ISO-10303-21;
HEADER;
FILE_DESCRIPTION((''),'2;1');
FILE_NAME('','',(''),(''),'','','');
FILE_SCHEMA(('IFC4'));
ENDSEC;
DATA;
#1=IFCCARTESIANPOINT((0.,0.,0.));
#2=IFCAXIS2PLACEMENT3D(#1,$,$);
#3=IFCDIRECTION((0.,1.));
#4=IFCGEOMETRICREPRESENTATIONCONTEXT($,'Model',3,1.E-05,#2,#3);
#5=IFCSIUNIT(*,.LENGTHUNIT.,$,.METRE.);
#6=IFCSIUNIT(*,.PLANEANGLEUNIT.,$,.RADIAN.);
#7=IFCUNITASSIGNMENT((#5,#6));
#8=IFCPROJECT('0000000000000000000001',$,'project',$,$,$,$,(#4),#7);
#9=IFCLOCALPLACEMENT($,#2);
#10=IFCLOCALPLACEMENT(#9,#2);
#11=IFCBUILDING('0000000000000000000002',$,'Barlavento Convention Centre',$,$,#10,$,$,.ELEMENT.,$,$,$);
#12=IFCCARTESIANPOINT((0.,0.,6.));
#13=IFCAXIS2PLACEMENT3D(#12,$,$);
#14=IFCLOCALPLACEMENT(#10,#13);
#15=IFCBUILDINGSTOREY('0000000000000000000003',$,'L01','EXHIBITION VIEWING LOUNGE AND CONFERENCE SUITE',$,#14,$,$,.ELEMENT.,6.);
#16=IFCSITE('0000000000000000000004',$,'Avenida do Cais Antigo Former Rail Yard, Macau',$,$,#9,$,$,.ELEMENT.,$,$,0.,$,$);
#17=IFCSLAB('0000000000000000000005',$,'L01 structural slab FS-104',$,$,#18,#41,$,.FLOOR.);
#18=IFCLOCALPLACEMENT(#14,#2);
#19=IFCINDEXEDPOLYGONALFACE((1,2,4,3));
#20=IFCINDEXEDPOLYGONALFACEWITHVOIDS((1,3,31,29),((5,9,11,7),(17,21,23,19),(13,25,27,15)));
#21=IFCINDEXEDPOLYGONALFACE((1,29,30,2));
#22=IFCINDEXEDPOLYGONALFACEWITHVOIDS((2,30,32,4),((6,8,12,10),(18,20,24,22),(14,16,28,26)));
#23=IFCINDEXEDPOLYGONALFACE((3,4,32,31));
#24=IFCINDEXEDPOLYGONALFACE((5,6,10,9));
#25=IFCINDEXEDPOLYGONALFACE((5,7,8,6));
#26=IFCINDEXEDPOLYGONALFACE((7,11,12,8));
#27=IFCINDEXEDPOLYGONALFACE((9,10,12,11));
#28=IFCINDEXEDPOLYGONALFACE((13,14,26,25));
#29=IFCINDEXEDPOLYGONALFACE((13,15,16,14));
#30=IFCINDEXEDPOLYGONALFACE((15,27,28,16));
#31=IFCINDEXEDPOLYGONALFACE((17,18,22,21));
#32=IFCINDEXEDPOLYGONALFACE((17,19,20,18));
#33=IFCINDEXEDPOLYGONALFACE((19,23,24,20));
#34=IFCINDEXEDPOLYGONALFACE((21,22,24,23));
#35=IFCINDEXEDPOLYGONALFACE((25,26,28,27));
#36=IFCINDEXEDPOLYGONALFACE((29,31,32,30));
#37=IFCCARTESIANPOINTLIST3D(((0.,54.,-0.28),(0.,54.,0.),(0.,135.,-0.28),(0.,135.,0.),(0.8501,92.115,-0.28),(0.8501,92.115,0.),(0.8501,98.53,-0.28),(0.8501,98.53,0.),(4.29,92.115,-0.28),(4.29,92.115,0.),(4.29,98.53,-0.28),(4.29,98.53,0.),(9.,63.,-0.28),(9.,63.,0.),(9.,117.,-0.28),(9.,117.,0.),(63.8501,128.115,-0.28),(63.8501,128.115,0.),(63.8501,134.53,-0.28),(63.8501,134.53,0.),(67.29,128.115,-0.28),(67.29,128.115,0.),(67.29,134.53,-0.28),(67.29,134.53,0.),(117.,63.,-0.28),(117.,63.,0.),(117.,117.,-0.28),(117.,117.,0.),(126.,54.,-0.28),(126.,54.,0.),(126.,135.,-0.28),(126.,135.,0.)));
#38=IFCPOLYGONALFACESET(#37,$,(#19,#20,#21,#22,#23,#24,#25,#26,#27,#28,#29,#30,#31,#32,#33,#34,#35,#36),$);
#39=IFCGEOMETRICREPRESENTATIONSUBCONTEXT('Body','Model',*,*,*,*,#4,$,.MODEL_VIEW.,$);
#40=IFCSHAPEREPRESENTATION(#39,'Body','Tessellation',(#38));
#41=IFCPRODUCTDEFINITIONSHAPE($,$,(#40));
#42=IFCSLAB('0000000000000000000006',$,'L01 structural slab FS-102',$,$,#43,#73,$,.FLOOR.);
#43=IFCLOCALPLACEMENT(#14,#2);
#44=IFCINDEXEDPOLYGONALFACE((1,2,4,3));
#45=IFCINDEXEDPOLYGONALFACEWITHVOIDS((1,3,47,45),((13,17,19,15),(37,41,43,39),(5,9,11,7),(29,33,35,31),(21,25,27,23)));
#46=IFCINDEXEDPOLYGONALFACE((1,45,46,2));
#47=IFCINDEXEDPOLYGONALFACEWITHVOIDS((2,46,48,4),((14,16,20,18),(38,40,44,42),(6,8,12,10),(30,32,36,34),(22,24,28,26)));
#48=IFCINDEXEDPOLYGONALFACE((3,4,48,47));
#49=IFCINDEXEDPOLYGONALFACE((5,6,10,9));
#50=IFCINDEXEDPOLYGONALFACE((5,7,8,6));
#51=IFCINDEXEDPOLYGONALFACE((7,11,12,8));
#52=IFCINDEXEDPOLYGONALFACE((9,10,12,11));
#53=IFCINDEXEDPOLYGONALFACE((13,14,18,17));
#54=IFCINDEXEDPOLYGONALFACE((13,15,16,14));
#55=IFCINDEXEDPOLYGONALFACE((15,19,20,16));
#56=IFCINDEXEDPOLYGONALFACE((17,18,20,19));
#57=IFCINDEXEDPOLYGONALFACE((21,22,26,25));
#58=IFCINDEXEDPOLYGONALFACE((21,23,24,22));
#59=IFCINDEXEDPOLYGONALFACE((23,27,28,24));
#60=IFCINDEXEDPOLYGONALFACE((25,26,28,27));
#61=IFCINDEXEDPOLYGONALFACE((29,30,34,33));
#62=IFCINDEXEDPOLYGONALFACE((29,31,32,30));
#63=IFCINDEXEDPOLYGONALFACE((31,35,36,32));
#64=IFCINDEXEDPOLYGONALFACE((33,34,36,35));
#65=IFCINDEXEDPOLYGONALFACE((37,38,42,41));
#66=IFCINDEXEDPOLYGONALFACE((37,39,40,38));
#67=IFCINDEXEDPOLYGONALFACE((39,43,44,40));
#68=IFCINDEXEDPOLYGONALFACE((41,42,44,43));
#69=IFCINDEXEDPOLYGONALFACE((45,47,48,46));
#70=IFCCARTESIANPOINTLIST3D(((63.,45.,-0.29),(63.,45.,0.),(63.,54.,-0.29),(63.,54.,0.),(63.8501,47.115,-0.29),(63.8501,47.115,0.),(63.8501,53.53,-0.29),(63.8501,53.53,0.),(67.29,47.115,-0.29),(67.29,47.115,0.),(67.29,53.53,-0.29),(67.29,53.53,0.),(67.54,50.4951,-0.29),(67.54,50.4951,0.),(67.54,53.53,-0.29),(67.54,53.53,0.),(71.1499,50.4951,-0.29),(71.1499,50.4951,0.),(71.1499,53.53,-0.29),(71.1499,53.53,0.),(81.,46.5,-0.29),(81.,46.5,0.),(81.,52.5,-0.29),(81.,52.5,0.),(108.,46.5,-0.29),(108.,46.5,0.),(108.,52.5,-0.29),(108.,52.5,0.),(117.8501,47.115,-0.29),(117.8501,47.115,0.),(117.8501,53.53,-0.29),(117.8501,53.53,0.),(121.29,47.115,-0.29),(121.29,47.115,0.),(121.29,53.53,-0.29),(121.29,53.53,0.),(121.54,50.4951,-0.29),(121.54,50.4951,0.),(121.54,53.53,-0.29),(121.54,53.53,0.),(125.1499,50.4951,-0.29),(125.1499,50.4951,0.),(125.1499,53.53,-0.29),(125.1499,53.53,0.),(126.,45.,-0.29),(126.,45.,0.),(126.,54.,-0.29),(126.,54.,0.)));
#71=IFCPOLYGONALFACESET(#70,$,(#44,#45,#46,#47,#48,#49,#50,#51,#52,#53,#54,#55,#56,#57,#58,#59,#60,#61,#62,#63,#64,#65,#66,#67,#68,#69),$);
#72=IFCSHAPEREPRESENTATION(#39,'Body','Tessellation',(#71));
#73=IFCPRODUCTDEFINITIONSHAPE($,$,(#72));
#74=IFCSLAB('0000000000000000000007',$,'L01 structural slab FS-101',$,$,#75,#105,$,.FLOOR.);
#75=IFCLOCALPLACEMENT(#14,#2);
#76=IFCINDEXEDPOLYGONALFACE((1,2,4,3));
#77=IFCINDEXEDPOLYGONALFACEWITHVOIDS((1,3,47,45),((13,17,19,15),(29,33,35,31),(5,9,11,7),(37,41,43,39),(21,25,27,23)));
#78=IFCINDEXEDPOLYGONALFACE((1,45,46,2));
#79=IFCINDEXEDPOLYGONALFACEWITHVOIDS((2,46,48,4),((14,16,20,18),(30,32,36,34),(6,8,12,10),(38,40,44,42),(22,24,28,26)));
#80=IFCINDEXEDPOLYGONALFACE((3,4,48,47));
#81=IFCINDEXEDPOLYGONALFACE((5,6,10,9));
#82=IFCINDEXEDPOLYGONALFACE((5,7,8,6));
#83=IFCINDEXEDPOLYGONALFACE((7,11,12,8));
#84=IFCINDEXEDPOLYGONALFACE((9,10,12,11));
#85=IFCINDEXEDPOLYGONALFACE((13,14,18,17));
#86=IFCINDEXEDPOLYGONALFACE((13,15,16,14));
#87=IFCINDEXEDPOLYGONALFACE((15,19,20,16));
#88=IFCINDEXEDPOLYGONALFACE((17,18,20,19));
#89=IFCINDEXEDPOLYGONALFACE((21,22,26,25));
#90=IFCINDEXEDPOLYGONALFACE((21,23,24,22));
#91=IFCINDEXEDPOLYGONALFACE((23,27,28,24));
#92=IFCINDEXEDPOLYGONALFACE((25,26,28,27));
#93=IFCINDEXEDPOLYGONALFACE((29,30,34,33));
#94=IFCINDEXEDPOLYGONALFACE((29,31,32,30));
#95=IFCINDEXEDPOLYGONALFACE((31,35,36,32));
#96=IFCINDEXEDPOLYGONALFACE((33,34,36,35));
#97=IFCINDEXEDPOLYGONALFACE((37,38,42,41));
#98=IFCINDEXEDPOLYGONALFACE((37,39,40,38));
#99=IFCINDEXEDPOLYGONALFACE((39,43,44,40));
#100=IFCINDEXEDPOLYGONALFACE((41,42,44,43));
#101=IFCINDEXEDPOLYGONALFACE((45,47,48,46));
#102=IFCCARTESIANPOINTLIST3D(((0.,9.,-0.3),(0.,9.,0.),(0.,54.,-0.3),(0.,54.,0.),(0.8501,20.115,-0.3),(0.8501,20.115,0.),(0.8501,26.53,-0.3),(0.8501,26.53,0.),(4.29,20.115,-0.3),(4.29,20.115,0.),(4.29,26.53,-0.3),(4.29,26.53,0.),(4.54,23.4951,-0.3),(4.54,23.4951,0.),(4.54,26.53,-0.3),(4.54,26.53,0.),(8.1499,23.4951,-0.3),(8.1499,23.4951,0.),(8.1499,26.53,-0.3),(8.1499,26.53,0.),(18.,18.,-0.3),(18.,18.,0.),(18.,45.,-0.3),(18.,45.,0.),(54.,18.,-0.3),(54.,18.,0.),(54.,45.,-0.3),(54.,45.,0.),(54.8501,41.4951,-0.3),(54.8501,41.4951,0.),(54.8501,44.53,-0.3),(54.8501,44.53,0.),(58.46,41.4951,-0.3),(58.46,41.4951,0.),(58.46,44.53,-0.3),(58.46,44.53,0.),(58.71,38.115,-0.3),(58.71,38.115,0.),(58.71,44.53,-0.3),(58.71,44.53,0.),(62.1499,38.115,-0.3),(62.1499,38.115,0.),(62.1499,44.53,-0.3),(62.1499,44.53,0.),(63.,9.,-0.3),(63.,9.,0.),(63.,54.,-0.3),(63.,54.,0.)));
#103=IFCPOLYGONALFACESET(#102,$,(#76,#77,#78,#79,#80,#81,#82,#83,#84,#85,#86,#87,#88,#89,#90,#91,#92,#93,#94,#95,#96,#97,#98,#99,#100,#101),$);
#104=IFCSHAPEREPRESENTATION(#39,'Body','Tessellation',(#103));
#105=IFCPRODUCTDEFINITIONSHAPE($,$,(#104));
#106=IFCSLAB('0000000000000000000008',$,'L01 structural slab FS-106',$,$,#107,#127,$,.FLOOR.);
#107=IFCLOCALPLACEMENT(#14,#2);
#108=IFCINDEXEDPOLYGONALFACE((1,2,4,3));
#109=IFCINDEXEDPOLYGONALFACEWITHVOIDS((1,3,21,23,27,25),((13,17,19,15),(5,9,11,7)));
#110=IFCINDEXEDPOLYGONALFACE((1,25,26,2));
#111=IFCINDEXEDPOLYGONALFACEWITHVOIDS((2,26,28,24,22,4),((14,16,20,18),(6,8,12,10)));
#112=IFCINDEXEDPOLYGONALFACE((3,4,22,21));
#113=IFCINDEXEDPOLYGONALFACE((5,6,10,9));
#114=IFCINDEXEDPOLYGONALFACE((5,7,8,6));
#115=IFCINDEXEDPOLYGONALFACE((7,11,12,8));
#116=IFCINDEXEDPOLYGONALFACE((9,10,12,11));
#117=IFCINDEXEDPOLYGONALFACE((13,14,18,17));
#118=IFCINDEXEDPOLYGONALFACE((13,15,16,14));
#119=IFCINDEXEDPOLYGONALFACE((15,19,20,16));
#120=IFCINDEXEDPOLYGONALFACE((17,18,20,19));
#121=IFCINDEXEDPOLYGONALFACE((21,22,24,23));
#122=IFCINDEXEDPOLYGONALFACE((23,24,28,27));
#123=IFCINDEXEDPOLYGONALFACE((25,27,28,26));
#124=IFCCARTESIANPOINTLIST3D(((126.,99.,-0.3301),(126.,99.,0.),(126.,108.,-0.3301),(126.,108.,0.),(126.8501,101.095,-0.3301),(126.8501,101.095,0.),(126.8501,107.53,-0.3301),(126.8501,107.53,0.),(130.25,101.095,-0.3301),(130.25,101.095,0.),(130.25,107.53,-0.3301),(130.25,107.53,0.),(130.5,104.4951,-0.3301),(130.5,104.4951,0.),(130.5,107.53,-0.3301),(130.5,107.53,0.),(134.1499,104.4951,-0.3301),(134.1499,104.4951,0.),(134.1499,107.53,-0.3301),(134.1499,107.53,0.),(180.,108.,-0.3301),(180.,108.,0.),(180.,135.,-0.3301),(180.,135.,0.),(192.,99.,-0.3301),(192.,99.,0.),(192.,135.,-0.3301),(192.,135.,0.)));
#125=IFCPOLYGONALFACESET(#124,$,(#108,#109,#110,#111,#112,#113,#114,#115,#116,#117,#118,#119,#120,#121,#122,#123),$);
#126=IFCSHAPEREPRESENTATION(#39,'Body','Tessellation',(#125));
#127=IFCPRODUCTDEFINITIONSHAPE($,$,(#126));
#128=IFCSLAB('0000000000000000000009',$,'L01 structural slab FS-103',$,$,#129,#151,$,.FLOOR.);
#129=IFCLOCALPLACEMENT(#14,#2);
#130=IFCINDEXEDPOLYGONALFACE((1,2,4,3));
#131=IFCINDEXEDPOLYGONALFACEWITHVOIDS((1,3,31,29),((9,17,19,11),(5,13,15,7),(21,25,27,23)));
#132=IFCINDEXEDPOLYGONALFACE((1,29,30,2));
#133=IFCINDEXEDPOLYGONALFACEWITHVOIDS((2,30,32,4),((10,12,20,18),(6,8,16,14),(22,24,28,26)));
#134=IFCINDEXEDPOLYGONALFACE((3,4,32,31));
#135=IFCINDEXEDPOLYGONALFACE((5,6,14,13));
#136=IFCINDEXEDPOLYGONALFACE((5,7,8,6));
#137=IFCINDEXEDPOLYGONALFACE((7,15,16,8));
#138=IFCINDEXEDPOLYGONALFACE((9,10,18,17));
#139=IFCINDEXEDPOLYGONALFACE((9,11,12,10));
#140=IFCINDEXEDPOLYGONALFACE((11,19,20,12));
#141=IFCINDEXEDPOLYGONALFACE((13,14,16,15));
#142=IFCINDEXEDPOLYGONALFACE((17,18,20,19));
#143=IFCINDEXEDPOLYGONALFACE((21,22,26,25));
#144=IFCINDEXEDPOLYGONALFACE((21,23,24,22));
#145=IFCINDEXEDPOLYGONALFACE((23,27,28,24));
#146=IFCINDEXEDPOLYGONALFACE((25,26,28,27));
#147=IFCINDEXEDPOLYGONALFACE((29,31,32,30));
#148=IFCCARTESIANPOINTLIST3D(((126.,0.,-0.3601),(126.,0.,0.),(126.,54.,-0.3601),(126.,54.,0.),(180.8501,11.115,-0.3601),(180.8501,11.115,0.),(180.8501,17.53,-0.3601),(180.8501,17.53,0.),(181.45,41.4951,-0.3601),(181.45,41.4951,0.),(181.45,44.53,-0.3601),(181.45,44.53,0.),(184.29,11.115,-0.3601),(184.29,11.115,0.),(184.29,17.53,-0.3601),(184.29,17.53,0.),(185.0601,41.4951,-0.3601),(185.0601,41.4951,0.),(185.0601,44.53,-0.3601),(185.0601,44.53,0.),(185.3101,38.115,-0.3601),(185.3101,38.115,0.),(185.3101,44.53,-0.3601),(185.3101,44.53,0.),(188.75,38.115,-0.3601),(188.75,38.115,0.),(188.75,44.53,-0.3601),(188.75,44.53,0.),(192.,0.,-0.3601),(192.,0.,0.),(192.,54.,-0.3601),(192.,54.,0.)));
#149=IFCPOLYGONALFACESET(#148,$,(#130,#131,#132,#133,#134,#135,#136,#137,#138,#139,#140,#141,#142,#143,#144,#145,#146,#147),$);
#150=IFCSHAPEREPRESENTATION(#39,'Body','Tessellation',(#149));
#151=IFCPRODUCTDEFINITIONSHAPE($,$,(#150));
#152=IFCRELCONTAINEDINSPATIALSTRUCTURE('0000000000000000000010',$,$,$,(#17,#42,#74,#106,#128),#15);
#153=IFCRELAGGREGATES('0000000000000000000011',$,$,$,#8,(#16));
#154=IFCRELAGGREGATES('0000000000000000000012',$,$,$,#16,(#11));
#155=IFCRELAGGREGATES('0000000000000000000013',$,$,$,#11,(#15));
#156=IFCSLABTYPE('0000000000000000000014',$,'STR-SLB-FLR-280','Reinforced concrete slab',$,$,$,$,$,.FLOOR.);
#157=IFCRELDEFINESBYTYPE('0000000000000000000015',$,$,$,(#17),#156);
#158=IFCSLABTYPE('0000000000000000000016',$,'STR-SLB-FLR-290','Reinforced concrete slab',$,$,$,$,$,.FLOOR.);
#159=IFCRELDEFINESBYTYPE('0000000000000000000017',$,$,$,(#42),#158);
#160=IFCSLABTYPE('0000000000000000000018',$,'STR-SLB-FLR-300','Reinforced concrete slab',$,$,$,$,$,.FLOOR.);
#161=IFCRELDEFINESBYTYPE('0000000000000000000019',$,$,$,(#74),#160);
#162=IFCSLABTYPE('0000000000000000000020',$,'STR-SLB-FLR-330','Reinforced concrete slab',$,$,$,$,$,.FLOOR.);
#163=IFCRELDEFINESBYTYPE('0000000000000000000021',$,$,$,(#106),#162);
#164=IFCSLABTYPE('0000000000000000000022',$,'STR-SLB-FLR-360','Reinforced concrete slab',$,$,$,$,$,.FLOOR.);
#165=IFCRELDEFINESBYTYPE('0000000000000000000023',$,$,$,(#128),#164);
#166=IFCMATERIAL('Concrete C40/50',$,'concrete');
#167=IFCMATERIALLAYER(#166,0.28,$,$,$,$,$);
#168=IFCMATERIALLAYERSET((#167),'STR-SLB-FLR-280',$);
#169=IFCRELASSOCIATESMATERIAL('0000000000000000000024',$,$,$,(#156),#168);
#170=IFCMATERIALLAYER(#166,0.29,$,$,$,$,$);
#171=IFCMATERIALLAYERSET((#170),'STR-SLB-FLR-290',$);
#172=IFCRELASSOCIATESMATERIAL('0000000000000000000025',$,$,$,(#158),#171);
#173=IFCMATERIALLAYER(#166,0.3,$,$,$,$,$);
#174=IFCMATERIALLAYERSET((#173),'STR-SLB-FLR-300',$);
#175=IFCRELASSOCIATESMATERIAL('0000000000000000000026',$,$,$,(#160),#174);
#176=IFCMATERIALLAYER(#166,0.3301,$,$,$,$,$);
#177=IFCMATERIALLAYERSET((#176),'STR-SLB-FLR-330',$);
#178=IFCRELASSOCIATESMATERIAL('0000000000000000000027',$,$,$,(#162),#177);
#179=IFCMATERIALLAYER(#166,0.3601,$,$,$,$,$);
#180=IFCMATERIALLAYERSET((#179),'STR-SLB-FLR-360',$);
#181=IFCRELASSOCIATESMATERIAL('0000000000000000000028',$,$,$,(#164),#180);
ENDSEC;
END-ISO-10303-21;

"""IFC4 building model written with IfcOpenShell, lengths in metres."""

from ifc_helpers import new_model, si_unit, direction, frame, origin, place, context, subcontext, project, spatial, polyline, outline, extrude, material, layer, layer_set, type_object, element, save


model = new_model("IFC4")

# Units and contexts
model_context = context("Model", 3, precision=1e-05, world=origin(), true_north=direction((0.0, 1.0)))
body_context = subcontext(model_context, "Body", "Model", "MODEL_VIEW")
ifc_project = project(units=[si_unit("LENGTHUNIT", "METRE"), si_unit("PLANEANGLEUNIT", "RADIAN")], contexts=[model_context])

# Site, building, storey
site_placement = place(None, origin())
site = spatial("IfcSite", under=ifc_project, at=site_placement, Name="Avenida do Cais Antigo Former Rail Yard, Macau", CompositionType="ELEMENT", RefElevation=0.0)
building_placement = place(site_placement, origin())
building = spatial("IfcBuilding", under=site, at=building_placement, Name="Barlavento Convention Centre", CompositionType="ELEMENT")
storey_placement = place(building_placement, frame((0.0, 0.0, 6.0)))
storey = spatial("IfcBuildingStorey", under=building, at=storey_placement, Name="L01", Description="EXHIBITION VIEWING LOUNGE AND CONFERENCE SUITE", CompositionType="ELEMENT", Elevation=6.0)

# Slabs
ifc_material_1 = material(Name="Concrete C40/50", Category="concrete")
ifc_layer_1 = layer(ifc_material_1, 0.28)
ifc_layer_set_1 = layer_set([ifc_layer_1], Name="STR-SLB-FLR-280")
slab_type_1 = type_object("IfcSlabType", Name="STR-SLB-FLR-280", Description="Reinforced concrete slab", PredefinedType="FLOOR", material=ifc_layer_set_1)
slab_1_placement = place(storey_placement, frame((0.0, 0.0, -0.28)))
element("IfcSlab", 1, at=slab_1_placement, inside=storey, type_object=slab_type_1, Name="L01 structural slab FS-104", PredefinedType="FLOOR", context=body_context, shape_type="SweptSolid", body=[
    extrude(outline(polyline([(0.0, 54.0), (126.0, 54.0), (126.0, 135.0), (0.0, 135.0), (0.0, 54.0)]), holes=[polyline([(9.0, 63.0), (117.0, 63.0), (117.0, 117.0), (9.0, 117.0), (9.0, 63.0)]), polyline([(4.29, 92.115), (4.29, 98.53), (0.8501, 98.53), (0.8501, 92.115), (4.29, 92.115)]), polyline([(67.29, 128.115), (67.29, 134.53), (63.8501, 134.53), (63.8501, 128.115), (67.29, 128.115)])]), origin(), (0.0, 0.0, 1.0), 0.28),
])
ifc_layer_2 = layer(ifc_material_1, 0.29)
ifc_layer_set_2 = layer_set([ifc_layer_2], Name="STR-SLB-FLR-290")
slab_type_2 = type_object("IfcSlabType", Name="STR-SLB-FLR-290", Description="Reinforced concrete slab", PredefinedType="FLOOR", material=ifc_layer_set_2)
slab_2_placement = place(storey_placement, frame((0.0, 0.0, -0.29)))
element("IfcSlab", 2, at=slab_2_placement, inside=storey, type_object=slab_type_2, Name="L01 structural slab FS-102", PredefinedType="FLOOR", context=body_context, shape_type="SweptSolid", body=[
    extrude(outline(polyline([(63.0, 45.0), (126.0, 45.0), (126.0, 54.0), (63.0, 54.0), (63.0, 45.0)]), holes=[polyline([(67.29, 47.115), (67.29, 53.53), (63.8501, 53.53), (63.8501, 47.115), (67.29, 47.115)]), polyline([(67.54, 50.4951), (71.1499, 50.4951), (71.1499, 53.53), (67.54, 53.53), (67.54, 50.4951)]), polyline([(121.29, 47.115), (121.29, 53.53), (117.8501, 53.53), (117.8501, 47.115), (121.29, 47.115)]), polyline([(121.54, 50.4951), (125.1499, 50.4951), (125.1499, 53.53), (121.54, 53.53), (121.54, 50.4951)]), polyline([(81.0, 46.5), (108.0, 46.5), (108.0, 52.5), (81.0, 52.5), (81.0, 46.5)])]), origin(), (0.0, 0.0, 1.0), 0.29),
])
ifc_layer_3 = layer(ifc_material_1, 0.3)
ifc_layer_set_3 = layer_set([ifc_layer_3], Name="STR-SLB-FLR-300")
slab_type_3 = type_object("IfcSlabType", Name="STR-SLB-FLR-300", Description="Reinforced concrete slab", PredefinedType="FLOOR", material=ifc_layer_set_3)
slab_3_placement = place(storey_placement, frame((0.0, 0.0, -0.3)))
element("IfcSlab", 3, at=slab_3_placement, inside=storey, type_object=slab_type_3, Name="L01 structural slab FS-101", PredefinedType="FLOOR", context=body_context, shape_type="SweptSolid", body=[
    extrude(outline(polyline([(0.0, 9.0), (63.0, 9.0), (63.0, 54.0), (0.0, 54.0), (0.0, 9.0)]), holes=[polyline([(4.29, 20.115), (4.29, 26.53), (0.8501, 26.53), (0.8501, 20.115), (4.29, 20.115)]), polyline([(4.54, 23.4951), (8.1499, 23.4951), (8.1499, 26.53), (4.54, 26.53), (4.54, 23.4951)]), polyline([(62.1499, 38.115), (62.1499, 44.53), (58.71, 44.53), (58.71, 38.115), (62.1499, 38.115)]), polyline([(54.8501, 41.4951), (58.46, 41.4951), (58.46, 44.53), (54.8501, 44.53), (54.8501, 41.4951)]), polyline([(18.0, 18.0), (54.0, 18.0), (54.0, 45.0), (18.0, 45.0), (18.0, 18.0)])]), origin(), (0.0, 0.0, 1.0), 0.3),
])
ifc_layer_4 = layer(ifc_material_1, 0.3301)
ifc_layer_set_4 = layer_set([ifc_layer_4], Name="STR-SLB-FLR-330")
slab_type_4 = type_object("IfcSlabType", Name="STR-SLB-FLR-330", Description="Reinforced concrete slab", PredefinedType="FLOOR", material=ifc_layer_set_4)
slab_4_placement = place(storey_placement, frame((0.0, 0.0, -0.3301)))
element("IfcSlab", 4, at=slab_4_placement, inside=storey, type_object=slab_type_4, Name="L01 structural slab FS-106", PredefinedType="FLOOR", context=body_context, shape_type="SweptSolid", body=[
    extrude(outline(polyline([(126.0, 99.0), (192.0, 99.0), (192.0, 135.0), (180.0, 135.0), (180.0, 108.0), (126.0, 108.0), (126.0, 99.0)]), holes=[polyline([(130.25, 101.095), (130.25, 107.53), (126.8501, 107.53), (126.8501, 101.095), (130.25, 101.095)]), polyline([(130.5, 104.4951), (134.1499, 104.4951), (134.1499, 107.53), (130.5, 107.53), (130.5, 104.4951)])]), origin(), (0.0, 0.0, 1.0), 0.3301),
])
ifc_layer_5 = layer(ifc_material_1, 0.3601)
ifc_layer_set_5 = layer_set([ifc_layer_5], Name="STR-SLB-FLR-360")
slab_type_5 = type_object("IfcSlabType", Name="STR-SLB-FLR-360", Description="Reinforced concrete slab", PredefinedType="FLOOR", material=ifc_layer_set_5)
slab_5_placement = place(storey_placement, frame((0.0, 0.0, -0.3601)))
element("IfcSlab", 5, at=slab_5_placement, inside=storey, type_object=slab_type_5, Name="L01 structural slab FS-103", PredefinedType="FLOOR", context=body_context, shape_type="SweptSolid", body=[
    extrude(outline(polyline([(126.0, 0.0), (192.0, 0.0), (192.0, 54.0), (126.0, 54.0), (126.0, 0.0)]), holes=[polyline([(188.75, 38.115), (188.75, 44.53), (185.3101, 44.53), (185.3101, 38.115), (188.75, 38.115)]), polyline([(181.45, 41.4951), (185.0601, 41.4951), (185.0601, 44.53), (181.45, 44.53), (181.45, 41.4951)]), polyline([(184.29, 11.115), (184.29, 17.53), (180.8501, 17.53), (180.8501, 11.115), (184.29, 11.115)])]), origin(), (0.0, 0.0, 1.0), 0.3601),
])

save(model, "model.ifc")
